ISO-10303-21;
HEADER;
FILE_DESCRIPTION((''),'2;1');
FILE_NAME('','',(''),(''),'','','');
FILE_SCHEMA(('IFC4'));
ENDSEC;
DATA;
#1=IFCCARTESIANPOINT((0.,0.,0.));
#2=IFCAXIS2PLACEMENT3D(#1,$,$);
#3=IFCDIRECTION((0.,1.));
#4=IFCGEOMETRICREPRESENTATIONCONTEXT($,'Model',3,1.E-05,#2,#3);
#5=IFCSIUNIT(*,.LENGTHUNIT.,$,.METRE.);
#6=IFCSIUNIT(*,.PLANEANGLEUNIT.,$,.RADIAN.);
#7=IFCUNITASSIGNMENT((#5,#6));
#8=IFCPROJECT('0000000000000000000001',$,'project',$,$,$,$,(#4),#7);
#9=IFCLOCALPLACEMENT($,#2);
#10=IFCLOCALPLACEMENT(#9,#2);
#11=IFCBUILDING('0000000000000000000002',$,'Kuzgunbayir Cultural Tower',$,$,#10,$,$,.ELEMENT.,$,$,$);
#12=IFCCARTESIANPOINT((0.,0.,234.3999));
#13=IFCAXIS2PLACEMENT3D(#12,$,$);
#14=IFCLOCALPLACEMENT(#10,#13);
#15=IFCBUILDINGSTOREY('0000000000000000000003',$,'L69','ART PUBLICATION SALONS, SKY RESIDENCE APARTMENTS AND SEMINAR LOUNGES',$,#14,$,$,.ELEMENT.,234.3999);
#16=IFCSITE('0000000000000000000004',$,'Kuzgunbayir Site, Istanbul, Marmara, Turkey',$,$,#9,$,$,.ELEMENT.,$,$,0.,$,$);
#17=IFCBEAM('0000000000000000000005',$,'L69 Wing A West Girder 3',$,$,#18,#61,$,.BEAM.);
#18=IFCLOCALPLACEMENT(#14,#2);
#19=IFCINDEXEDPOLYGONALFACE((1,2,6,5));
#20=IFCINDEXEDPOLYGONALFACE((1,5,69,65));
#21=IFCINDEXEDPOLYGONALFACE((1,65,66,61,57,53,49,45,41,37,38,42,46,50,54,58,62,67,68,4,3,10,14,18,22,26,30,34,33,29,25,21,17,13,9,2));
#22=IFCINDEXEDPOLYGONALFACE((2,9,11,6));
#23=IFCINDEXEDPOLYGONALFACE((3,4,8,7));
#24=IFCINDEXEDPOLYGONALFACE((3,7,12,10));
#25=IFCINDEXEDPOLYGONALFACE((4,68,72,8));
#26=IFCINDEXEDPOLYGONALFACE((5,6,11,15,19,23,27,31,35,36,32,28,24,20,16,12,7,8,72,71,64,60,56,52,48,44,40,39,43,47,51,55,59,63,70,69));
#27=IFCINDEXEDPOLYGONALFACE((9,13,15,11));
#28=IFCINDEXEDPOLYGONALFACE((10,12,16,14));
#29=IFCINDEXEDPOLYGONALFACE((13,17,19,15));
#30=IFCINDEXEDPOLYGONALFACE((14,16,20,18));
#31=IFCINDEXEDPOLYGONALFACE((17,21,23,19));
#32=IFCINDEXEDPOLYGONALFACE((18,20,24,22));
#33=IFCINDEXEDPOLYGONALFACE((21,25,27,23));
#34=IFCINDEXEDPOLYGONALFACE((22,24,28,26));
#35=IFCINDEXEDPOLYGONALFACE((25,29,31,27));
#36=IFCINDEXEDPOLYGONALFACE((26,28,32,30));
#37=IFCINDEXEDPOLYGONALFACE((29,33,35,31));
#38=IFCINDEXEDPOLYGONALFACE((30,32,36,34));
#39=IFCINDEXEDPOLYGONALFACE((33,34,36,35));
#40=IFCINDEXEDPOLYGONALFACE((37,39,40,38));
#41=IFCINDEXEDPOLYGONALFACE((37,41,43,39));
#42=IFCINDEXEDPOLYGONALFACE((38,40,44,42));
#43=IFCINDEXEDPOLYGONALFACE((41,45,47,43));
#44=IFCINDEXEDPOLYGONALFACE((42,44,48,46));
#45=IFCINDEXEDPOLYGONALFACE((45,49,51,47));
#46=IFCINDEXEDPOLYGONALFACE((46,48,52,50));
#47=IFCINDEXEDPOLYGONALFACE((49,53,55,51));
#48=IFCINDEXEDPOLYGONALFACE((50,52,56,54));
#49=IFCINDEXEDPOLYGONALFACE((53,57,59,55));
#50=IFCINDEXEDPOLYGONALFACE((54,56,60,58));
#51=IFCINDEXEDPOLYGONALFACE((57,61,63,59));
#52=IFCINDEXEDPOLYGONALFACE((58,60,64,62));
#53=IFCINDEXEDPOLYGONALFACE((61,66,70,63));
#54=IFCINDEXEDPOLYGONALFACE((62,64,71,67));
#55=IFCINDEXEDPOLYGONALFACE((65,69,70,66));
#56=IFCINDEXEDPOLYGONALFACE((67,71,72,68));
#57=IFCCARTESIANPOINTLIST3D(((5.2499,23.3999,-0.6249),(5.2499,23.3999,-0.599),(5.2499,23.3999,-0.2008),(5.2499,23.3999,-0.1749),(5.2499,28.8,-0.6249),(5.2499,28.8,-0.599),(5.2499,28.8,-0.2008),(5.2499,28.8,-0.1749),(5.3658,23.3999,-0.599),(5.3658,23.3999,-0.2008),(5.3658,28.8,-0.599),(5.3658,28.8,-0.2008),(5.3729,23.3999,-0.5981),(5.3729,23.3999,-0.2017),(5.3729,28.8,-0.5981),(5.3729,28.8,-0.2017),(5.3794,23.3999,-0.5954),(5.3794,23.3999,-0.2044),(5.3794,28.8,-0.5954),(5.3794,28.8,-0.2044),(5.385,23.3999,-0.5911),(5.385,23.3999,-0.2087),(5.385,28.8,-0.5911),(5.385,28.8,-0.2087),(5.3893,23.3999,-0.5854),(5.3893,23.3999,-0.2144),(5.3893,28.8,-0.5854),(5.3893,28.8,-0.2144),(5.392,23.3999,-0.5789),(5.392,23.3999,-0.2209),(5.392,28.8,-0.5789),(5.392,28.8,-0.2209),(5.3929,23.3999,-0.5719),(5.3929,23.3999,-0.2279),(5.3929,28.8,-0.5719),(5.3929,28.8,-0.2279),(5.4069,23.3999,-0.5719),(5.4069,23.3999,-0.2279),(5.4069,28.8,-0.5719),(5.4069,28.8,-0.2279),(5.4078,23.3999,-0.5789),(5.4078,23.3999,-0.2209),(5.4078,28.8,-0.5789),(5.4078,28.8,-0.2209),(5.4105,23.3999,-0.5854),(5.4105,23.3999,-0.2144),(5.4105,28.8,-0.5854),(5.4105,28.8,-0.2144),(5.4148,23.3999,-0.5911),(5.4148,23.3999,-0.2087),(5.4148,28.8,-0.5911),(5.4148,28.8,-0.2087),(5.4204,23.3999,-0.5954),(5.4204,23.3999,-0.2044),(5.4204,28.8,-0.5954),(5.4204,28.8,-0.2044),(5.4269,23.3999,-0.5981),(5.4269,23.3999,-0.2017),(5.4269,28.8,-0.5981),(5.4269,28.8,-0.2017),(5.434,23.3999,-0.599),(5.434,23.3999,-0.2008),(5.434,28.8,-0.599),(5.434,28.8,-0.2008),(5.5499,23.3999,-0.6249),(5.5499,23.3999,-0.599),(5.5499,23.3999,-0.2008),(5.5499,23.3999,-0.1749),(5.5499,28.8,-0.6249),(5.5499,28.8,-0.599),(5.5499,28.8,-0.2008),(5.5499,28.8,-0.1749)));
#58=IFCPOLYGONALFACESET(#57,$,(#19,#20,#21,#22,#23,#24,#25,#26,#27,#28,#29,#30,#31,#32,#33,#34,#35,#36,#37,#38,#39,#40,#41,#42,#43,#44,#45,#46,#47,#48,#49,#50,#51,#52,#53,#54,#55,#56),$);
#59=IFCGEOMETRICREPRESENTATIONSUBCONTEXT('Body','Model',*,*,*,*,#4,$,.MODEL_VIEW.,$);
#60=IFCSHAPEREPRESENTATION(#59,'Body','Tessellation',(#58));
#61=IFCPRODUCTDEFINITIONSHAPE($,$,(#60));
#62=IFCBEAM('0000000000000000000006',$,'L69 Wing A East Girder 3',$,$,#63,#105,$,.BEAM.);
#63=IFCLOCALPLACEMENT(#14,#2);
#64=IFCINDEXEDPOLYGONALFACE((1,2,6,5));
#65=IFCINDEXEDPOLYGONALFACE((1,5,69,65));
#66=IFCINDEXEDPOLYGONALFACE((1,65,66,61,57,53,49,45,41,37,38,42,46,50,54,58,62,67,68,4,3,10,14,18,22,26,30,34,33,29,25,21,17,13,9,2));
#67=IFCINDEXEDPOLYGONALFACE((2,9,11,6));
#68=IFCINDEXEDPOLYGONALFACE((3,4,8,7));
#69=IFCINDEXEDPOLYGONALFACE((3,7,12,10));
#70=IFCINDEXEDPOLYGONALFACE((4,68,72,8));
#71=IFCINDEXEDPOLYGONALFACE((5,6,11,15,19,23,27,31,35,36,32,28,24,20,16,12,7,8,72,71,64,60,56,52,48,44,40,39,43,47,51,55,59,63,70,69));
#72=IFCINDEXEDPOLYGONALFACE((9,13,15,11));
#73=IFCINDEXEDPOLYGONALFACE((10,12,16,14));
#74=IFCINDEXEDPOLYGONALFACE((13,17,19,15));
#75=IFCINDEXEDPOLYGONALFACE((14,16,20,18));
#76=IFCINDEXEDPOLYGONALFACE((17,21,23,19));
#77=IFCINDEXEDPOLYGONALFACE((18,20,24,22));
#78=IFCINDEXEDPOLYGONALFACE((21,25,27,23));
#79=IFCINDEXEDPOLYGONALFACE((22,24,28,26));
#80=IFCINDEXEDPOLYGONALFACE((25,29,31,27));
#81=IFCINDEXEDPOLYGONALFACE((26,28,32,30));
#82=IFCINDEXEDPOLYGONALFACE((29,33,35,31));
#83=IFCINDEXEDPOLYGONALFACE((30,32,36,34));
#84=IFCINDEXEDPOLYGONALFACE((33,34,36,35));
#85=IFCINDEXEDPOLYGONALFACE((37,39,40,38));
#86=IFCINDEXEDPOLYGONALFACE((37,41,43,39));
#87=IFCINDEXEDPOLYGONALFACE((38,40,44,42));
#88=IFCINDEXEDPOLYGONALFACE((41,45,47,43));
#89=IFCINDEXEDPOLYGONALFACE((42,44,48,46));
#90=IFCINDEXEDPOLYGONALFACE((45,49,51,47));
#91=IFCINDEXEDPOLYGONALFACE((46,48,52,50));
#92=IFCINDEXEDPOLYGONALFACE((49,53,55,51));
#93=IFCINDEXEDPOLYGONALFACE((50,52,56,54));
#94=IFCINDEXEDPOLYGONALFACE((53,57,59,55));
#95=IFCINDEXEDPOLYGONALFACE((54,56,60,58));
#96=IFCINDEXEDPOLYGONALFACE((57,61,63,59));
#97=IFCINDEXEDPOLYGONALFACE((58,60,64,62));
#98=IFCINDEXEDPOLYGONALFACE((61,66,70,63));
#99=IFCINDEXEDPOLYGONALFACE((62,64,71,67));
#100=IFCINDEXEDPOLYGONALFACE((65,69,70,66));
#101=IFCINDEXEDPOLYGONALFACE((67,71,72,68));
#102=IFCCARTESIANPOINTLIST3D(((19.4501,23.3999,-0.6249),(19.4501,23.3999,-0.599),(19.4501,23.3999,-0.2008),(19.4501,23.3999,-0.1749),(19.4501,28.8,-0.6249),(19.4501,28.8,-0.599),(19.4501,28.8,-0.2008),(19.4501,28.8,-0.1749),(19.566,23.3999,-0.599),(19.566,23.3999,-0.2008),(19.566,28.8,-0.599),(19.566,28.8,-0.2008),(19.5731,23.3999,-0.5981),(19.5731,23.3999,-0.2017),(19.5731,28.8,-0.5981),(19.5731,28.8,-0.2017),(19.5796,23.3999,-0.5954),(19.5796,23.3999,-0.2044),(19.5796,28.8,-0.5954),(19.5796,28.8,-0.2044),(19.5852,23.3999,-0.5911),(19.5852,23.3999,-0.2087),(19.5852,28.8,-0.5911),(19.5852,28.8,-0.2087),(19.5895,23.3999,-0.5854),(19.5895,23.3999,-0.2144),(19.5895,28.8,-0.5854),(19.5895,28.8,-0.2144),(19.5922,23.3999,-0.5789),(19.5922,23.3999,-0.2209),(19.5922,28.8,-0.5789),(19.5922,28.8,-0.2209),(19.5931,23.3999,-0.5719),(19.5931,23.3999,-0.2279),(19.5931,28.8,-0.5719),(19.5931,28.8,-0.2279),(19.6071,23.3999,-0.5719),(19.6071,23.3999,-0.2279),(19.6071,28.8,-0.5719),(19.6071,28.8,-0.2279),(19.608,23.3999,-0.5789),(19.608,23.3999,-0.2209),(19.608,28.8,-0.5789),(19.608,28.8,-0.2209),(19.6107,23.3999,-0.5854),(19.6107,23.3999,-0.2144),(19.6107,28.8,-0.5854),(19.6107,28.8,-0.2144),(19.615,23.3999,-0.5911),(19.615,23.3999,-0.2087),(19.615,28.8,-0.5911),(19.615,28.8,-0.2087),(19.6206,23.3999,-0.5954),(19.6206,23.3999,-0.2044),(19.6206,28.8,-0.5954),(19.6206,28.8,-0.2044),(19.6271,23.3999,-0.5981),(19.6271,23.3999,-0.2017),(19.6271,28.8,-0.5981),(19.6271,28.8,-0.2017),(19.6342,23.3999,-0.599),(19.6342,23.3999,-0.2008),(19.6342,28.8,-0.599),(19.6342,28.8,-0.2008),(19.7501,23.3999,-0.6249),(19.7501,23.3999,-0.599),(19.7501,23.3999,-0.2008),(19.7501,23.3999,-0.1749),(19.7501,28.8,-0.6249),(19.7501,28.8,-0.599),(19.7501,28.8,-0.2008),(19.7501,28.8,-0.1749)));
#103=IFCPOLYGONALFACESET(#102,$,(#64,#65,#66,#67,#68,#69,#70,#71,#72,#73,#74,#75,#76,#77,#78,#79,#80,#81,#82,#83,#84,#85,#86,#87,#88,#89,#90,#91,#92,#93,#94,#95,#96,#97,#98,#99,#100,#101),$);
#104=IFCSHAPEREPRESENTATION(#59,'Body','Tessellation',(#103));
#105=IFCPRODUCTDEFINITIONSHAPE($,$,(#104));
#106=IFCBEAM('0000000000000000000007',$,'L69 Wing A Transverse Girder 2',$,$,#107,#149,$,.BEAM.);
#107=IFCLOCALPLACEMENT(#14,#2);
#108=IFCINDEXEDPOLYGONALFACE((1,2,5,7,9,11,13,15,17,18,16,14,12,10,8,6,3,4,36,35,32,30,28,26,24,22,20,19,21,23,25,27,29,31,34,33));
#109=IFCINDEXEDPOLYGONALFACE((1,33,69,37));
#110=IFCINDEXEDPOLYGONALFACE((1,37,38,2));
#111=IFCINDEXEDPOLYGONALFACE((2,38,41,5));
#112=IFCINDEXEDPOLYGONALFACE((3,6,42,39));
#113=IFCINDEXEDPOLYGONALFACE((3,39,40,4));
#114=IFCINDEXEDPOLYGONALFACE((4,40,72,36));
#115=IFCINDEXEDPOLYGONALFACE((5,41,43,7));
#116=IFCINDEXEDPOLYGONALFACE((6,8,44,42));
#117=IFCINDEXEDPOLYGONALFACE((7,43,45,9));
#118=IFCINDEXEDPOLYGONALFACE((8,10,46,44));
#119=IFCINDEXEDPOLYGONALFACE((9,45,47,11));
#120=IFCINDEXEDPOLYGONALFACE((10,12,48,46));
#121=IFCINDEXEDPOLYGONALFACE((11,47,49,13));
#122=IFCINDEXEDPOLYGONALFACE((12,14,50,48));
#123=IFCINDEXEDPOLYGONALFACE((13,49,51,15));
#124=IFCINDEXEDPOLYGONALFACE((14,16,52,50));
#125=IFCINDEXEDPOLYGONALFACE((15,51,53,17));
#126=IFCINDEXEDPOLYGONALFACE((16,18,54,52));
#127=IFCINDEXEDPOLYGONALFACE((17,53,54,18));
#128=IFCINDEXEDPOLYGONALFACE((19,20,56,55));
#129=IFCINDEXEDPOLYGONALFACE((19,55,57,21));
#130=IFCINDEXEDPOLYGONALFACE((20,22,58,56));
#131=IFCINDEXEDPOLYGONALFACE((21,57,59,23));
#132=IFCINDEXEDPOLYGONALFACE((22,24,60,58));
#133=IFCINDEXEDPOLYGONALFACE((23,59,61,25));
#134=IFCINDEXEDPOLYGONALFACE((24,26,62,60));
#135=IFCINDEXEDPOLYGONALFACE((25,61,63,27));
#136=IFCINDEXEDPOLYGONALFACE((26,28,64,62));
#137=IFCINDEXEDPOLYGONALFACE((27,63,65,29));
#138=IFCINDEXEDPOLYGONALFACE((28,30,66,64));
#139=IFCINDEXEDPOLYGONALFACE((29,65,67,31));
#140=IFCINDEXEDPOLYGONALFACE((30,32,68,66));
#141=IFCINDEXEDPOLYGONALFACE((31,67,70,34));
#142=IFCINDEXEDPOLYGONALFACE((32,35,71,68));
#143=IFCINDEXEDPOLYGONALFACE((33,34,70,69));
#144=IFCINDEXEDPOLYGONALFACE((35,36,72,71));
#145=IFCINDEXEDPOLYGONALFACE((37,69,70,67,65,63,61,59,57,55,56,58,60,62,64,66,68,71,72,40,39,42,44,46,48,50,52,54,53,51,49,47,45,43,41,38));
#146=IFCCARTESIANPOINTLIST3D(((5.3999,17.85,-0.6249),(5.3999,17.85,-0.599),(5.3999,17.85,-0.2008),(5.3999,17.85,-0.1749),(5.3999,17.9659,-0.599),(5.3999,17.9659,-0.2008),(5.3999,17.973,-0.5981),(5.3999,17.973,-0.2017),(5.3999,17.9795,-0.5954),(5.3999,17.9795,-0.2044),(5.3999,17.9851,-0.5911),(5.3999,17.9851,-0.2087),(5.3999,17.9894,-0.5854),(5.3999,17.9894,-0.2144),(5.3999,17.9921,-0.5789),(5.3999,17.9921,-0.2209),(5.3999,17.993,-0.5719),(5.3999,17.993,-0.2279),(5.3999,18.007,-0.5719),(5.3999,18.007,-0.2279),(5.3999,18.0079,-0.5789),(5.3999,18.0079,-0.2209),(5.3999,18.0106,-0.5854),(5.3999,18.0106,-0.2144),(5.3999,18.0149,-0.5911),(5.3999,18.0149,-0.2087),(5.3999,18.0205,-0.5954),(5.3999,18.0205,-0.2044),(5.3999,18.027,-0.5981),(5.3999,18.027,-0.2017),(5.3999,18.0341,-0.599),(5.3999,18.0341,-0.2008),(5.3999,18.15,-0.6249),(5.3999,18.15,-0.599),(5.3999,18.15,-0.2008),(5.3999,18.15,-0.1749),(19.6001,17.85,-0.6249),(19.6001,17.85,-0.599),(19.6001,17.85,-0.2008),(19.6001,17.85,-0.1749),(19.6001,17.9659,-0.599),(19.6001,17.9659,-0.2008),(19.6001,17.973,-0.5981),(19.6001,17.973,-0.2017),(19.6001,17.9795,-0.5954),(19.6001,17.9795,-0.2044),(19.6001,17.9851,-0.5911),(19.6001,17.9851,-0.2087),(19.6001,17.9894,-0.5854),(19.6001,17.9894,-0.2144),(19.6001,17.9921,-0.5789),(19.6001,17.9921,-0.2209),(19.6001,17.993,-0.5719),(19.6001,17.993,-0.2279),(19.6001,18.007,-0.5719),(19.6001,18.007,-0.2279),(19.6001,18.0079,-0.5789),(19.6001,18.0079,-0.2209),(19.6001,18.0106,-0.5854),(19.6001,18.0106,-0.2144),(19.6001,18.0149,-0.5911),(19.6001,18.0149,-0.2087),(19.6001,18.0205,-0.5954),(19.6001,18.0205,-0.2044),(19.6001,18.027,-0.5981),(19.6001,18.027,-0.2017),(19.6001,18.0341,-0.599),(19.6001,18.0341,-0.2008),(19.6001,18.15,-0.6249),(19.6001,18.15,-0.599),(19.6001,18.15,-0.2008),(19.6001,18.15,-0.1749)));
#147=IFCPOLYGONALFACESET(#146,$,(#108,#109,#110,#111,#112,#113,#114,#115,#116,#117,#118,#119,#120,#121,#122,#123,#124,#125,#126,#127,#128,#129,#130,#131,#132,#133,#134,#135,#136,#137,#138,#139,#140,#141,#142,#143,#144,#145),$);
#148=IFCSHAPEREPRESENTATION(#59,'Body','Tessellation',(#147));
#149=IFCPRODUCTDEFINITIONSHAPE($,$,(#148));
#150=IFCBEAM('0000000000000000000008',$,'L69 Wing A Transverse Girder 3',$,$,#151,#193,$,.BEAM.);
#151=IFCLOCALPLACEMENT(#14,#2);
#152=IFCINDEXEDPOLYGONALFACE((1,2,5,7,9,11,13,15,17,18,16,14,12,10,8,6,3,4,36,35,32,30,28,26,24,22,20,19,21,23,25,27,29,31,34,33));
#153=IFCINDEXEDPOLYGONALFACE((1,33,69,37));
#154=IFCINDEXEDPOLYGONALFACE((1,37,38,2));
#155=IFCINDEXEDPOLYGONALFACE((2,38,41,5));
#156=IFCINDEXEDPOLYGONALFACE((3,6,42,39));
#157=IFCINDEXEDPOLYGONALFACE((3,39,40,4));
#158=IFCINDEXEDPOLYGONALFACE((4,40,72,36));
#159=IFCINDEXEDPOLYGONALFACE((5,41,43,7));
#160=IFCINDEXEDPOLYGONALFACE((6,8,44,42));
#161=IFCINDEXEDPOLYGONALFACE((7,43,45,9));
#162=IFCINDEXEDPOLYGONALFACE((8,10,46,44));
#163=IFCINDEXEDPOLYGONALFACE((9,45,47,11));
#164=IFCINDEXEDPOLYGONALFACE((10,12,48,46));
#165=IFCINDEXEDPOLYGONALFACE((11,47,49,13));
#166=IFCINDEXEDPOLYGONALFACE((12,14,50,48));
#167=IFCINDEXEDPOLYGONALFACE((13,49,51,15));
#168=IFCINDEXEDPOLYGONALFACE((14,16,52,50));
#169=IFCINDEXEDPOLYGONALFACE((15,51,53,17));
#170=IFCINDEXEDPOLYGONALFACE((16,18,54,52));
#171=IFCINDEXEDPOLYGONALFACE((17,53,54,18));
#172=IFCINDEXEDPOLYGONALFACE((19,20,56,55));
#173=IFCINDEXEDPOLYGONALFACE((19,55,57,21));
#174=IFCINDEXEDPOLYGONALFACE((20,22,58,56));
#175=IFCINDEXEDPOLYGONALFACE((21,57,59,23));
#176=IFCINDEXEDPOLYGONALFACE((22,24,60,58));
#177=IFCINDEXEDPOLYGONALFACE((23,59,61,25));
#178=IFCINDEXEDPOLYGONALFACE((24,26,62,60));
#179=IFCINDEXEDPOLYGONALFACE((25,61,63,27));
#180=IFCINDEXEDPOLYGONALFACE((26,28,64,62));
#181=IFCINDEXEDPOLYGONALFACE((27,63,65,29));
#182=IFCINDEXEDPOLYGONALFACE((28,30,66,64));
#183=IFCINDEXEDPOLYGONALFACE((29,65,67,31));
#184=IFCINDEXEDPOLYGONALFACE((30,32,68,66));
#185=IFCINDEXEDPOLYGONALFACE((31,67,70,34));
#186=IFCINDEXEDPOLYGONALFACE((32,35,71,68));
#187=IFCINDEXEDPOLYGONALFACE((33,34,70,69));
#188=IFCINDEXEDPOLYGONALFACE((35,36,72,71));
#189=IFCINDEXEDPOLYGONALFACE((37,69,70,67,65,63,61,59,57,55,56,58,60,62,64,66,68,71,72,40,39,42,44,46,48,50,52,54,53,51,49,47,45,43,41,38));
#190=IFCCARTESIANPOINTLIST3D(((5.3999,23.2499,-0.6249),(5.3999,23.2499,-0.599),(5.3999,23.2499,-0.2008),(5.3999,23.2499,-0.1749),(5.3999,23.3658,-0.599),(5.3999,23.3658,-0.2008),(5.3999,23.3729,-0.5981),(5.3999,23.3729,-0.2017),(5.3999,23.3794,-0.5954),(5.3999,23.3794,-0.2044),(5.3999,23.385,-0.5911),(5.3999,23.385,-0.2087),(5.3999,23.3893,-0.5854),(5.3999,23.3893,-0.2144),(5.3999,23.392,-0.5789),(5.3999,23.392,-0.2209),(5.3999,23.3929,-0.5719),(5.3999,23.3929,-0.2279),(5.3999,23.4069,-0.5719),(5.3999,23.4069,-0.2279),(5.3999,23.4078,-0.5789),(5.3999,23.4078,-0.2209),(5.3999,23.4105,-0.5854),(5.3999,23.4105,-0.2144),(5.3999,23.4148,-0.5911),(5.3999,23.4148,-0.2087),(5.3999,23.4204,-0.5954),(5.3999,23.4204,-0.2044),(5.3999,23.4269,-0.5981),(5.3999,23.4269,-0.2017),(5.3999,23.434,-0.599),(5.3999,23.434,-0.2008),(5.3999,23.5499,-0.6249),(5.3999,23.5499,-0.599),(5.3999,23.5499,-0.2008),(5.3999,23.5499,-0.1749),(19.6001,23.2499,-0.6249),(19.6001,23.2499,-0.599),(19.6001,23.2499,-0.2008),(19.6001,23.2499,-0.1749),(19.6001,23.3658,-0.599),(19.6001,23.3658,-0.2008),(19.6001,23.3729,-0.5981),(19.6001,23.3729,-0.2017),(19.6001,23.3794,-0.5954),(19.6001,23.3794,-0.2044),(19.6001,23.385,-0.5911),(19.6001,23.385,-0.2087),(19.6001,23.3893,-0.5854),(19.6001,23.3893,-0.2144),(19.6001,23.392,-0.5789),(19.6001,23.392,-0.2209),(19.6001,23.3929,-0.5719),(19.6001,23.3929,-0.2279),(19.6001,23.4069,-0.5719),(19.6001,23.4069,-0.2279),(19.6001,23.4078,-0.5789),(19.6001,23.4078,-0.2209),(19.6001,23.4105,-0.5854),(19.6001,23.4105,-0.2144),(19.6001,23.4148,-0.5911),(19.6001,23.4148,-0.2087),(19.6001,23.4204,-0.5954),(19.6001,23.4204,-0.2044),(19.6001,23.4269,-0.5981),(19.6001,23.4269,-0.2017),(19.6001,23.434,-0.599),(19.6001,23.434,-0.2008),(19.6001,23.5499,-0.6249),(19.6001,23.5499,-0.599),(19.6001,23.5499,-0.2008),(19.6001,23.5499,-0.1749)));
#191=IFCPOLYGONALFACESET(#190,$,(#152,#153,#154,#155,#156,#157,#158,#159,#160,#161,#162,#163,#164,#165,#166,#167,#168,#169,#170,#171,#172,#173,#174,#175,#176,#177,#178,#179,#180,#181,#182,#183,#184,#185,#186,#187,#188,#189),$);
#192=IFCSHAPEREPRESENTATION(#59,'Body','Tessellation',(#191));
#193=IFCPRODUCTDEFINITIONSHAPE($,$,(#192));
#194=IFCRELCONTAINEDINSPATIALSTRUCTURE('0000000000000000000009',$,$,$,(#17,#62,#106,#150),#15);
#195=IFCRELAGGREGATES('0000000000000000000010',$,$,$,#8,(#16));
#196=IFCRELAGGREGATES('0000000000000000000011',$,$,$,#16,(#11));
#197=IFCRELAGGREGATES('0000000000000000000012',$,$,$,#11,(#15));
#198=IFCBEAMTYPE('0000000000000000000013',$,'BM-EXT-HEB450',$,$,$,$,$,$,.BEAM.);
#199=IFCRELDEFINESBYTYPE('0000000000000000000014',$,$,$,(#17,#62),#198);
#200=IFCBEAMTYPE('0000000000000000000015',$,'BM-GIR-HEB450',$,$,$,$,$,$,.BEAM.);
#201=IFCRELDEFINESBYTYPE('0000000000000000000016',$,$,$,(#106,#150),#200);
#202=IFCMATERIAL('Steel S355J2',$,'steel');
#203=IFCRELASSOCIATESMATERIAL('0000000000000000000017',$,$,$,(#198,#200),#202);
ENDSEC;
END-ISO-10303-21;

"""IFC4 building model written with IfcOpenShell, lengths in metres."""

from ifc_helpers import new_model, si_unit, direction, frame, origin, origin_2d, place, context, subcontext, project, spatial, i_section, extrude, material, material_profile, profile_set, type_object, element, save


model = new_model("IFC4")

# Units and contexts
model_context = context("Model", 3, precision=1e-05, world=origin(), true_north=direction((0.0, 1.0)))
body_context = subcontext(model_context, "Body", "Model", "MODEL_VIEW")
ifc_project = project(units=[si_unit("LENGTHUNIT", "METRE"), si_unit("PLANEANGLEUNIT", "RADIAN")], contexts=[model_context])

# Site, building, storey
site_placement = place(None, origin())
site = spatial("IfcSite", under=ifc_project, at=site_placement, Name="Kuzgunbayir Site, Istanbul, Marmara, Turkey", CompositionType="ELEMENT", RefElevation=0.0)
building_placement = place(site_placement, origin())
building = spatial("IfcBuilding", under=site, at=building_placement, Name="Kuzgunbayir Cultural Tower", CompositionType="ELEMENT")
storey_placement = place(building_placement, frame((0.0, 0.0, 234.3999)))
storey = spatial("IfcBuildingStorey", under=building, at=storey_placement, Name="L69", Description="ART PUBLICATION SALONS, SKY RESIDENCE APARTMENTS AND SEMINAR LOUNGES", CompositionType="ELEMENT", Elevation=234.3999)

# Beams
ifc_material_1 = material(Name="Steel S355J2", Category="steel")
ifc_material_profile_1 = material_profile(ifc_material_1, i_section(OverallWidth=0.3, OverallDepth=0.45, WebThickness=0.0139, FlangeThickness=0.0259, FilletRadius=0.0271, at=origin_2d()), Name="HEB 450")
ifc_profile_set_1 = profile_set([ifc_material_profile_1], Name="Steel S355J2")
beam_type_1 = type_object("IfcBeamType", Name="BM-EXT-HEB450", PredefinedType="BEAM", material=ifc_profile_set_1)
for number, where, z_axis, x_axis, name in (
    (1, (5.3999, 23.3999, -0.3999), (0.0, 1.0, 0.0), (-1.0, 0.0, 0.0), "L69 Wing A West Girder 3"),
    (2, (19.6001, 23.3999, -0.3999), (0.0, 1.0, 0.0), (-1.0, 0.0, 0.0), "L69 Wing A East Girder 3"),
):
    element("IfcBeam", number, at=place(storey_placement, frame(where, z_axis=z_axis, x_axis=x_axis)), inside=storey, type_object=beam_type_1, Name=name, PredefinedType="BEAM", context=body_context, shape_type="SweptSolid", body=[
        extrude(i_section(OverallWidth=0.3, OverallDepth=0.45, WebThickness=0.0139, FlangeThickness=0.0259, FilletRadius=0.0271, at=origin_2d()), origin(), (0.0, 0.0, 1.0), 5.4001),
    ])
ifc_material_profile_2 = material_profile(ifc_material_1, i_section(OverallWidth=0.3, OverallDepth=0.45, WebThickness=0.0139, FlangeThickness=0.0259, FilletRadius=0.0271, at=origin_2d()), Name="HEB 450")
ifc_profile_set_2 = profile_set([ifc_material_profile_2], Name="Steel S355J2")
beam_type_2 = type_object("IfcBeamType", Name="BM-GIR-HEB450", PredefinedType="BEAM", material=ifc_profile_set_2)
for number, where, z_axis, x_axis, name in (
    (3, (5.3999, 18.0, -0.3999), (1.0, 0.0, 0.0), (0.0, 1.0, 0.0), "L69 Wing A Transverse Girder 2"),
    (4, (5.3999, 23.3999, -0.3999), (1.0, 0.0, 0.0), (0.0, 1.0, 0.0), "L69 Wing A Transverse Girder 3"),
):
    element("IfcBeam", number, at=place(storey_placement, frame(where, z_axis=z_axis, x_axis=x_axis)), inside=storey, type_object=beam_type_2, Name=name, PredefinedType="BEAM", context=body_context, shape_type="SweptSolid", body=[
        extrude(i_section(OverallWidth=0.3, OverallDepth=0.45, WebThickness=0.0139, FlangeThickness=0.0259, FilletRadius=0.0271, at=origin_2d()), origin(), (0.0, 0.0, 1.0), 14.2002),
    ])

save(model, "model.ifc")
